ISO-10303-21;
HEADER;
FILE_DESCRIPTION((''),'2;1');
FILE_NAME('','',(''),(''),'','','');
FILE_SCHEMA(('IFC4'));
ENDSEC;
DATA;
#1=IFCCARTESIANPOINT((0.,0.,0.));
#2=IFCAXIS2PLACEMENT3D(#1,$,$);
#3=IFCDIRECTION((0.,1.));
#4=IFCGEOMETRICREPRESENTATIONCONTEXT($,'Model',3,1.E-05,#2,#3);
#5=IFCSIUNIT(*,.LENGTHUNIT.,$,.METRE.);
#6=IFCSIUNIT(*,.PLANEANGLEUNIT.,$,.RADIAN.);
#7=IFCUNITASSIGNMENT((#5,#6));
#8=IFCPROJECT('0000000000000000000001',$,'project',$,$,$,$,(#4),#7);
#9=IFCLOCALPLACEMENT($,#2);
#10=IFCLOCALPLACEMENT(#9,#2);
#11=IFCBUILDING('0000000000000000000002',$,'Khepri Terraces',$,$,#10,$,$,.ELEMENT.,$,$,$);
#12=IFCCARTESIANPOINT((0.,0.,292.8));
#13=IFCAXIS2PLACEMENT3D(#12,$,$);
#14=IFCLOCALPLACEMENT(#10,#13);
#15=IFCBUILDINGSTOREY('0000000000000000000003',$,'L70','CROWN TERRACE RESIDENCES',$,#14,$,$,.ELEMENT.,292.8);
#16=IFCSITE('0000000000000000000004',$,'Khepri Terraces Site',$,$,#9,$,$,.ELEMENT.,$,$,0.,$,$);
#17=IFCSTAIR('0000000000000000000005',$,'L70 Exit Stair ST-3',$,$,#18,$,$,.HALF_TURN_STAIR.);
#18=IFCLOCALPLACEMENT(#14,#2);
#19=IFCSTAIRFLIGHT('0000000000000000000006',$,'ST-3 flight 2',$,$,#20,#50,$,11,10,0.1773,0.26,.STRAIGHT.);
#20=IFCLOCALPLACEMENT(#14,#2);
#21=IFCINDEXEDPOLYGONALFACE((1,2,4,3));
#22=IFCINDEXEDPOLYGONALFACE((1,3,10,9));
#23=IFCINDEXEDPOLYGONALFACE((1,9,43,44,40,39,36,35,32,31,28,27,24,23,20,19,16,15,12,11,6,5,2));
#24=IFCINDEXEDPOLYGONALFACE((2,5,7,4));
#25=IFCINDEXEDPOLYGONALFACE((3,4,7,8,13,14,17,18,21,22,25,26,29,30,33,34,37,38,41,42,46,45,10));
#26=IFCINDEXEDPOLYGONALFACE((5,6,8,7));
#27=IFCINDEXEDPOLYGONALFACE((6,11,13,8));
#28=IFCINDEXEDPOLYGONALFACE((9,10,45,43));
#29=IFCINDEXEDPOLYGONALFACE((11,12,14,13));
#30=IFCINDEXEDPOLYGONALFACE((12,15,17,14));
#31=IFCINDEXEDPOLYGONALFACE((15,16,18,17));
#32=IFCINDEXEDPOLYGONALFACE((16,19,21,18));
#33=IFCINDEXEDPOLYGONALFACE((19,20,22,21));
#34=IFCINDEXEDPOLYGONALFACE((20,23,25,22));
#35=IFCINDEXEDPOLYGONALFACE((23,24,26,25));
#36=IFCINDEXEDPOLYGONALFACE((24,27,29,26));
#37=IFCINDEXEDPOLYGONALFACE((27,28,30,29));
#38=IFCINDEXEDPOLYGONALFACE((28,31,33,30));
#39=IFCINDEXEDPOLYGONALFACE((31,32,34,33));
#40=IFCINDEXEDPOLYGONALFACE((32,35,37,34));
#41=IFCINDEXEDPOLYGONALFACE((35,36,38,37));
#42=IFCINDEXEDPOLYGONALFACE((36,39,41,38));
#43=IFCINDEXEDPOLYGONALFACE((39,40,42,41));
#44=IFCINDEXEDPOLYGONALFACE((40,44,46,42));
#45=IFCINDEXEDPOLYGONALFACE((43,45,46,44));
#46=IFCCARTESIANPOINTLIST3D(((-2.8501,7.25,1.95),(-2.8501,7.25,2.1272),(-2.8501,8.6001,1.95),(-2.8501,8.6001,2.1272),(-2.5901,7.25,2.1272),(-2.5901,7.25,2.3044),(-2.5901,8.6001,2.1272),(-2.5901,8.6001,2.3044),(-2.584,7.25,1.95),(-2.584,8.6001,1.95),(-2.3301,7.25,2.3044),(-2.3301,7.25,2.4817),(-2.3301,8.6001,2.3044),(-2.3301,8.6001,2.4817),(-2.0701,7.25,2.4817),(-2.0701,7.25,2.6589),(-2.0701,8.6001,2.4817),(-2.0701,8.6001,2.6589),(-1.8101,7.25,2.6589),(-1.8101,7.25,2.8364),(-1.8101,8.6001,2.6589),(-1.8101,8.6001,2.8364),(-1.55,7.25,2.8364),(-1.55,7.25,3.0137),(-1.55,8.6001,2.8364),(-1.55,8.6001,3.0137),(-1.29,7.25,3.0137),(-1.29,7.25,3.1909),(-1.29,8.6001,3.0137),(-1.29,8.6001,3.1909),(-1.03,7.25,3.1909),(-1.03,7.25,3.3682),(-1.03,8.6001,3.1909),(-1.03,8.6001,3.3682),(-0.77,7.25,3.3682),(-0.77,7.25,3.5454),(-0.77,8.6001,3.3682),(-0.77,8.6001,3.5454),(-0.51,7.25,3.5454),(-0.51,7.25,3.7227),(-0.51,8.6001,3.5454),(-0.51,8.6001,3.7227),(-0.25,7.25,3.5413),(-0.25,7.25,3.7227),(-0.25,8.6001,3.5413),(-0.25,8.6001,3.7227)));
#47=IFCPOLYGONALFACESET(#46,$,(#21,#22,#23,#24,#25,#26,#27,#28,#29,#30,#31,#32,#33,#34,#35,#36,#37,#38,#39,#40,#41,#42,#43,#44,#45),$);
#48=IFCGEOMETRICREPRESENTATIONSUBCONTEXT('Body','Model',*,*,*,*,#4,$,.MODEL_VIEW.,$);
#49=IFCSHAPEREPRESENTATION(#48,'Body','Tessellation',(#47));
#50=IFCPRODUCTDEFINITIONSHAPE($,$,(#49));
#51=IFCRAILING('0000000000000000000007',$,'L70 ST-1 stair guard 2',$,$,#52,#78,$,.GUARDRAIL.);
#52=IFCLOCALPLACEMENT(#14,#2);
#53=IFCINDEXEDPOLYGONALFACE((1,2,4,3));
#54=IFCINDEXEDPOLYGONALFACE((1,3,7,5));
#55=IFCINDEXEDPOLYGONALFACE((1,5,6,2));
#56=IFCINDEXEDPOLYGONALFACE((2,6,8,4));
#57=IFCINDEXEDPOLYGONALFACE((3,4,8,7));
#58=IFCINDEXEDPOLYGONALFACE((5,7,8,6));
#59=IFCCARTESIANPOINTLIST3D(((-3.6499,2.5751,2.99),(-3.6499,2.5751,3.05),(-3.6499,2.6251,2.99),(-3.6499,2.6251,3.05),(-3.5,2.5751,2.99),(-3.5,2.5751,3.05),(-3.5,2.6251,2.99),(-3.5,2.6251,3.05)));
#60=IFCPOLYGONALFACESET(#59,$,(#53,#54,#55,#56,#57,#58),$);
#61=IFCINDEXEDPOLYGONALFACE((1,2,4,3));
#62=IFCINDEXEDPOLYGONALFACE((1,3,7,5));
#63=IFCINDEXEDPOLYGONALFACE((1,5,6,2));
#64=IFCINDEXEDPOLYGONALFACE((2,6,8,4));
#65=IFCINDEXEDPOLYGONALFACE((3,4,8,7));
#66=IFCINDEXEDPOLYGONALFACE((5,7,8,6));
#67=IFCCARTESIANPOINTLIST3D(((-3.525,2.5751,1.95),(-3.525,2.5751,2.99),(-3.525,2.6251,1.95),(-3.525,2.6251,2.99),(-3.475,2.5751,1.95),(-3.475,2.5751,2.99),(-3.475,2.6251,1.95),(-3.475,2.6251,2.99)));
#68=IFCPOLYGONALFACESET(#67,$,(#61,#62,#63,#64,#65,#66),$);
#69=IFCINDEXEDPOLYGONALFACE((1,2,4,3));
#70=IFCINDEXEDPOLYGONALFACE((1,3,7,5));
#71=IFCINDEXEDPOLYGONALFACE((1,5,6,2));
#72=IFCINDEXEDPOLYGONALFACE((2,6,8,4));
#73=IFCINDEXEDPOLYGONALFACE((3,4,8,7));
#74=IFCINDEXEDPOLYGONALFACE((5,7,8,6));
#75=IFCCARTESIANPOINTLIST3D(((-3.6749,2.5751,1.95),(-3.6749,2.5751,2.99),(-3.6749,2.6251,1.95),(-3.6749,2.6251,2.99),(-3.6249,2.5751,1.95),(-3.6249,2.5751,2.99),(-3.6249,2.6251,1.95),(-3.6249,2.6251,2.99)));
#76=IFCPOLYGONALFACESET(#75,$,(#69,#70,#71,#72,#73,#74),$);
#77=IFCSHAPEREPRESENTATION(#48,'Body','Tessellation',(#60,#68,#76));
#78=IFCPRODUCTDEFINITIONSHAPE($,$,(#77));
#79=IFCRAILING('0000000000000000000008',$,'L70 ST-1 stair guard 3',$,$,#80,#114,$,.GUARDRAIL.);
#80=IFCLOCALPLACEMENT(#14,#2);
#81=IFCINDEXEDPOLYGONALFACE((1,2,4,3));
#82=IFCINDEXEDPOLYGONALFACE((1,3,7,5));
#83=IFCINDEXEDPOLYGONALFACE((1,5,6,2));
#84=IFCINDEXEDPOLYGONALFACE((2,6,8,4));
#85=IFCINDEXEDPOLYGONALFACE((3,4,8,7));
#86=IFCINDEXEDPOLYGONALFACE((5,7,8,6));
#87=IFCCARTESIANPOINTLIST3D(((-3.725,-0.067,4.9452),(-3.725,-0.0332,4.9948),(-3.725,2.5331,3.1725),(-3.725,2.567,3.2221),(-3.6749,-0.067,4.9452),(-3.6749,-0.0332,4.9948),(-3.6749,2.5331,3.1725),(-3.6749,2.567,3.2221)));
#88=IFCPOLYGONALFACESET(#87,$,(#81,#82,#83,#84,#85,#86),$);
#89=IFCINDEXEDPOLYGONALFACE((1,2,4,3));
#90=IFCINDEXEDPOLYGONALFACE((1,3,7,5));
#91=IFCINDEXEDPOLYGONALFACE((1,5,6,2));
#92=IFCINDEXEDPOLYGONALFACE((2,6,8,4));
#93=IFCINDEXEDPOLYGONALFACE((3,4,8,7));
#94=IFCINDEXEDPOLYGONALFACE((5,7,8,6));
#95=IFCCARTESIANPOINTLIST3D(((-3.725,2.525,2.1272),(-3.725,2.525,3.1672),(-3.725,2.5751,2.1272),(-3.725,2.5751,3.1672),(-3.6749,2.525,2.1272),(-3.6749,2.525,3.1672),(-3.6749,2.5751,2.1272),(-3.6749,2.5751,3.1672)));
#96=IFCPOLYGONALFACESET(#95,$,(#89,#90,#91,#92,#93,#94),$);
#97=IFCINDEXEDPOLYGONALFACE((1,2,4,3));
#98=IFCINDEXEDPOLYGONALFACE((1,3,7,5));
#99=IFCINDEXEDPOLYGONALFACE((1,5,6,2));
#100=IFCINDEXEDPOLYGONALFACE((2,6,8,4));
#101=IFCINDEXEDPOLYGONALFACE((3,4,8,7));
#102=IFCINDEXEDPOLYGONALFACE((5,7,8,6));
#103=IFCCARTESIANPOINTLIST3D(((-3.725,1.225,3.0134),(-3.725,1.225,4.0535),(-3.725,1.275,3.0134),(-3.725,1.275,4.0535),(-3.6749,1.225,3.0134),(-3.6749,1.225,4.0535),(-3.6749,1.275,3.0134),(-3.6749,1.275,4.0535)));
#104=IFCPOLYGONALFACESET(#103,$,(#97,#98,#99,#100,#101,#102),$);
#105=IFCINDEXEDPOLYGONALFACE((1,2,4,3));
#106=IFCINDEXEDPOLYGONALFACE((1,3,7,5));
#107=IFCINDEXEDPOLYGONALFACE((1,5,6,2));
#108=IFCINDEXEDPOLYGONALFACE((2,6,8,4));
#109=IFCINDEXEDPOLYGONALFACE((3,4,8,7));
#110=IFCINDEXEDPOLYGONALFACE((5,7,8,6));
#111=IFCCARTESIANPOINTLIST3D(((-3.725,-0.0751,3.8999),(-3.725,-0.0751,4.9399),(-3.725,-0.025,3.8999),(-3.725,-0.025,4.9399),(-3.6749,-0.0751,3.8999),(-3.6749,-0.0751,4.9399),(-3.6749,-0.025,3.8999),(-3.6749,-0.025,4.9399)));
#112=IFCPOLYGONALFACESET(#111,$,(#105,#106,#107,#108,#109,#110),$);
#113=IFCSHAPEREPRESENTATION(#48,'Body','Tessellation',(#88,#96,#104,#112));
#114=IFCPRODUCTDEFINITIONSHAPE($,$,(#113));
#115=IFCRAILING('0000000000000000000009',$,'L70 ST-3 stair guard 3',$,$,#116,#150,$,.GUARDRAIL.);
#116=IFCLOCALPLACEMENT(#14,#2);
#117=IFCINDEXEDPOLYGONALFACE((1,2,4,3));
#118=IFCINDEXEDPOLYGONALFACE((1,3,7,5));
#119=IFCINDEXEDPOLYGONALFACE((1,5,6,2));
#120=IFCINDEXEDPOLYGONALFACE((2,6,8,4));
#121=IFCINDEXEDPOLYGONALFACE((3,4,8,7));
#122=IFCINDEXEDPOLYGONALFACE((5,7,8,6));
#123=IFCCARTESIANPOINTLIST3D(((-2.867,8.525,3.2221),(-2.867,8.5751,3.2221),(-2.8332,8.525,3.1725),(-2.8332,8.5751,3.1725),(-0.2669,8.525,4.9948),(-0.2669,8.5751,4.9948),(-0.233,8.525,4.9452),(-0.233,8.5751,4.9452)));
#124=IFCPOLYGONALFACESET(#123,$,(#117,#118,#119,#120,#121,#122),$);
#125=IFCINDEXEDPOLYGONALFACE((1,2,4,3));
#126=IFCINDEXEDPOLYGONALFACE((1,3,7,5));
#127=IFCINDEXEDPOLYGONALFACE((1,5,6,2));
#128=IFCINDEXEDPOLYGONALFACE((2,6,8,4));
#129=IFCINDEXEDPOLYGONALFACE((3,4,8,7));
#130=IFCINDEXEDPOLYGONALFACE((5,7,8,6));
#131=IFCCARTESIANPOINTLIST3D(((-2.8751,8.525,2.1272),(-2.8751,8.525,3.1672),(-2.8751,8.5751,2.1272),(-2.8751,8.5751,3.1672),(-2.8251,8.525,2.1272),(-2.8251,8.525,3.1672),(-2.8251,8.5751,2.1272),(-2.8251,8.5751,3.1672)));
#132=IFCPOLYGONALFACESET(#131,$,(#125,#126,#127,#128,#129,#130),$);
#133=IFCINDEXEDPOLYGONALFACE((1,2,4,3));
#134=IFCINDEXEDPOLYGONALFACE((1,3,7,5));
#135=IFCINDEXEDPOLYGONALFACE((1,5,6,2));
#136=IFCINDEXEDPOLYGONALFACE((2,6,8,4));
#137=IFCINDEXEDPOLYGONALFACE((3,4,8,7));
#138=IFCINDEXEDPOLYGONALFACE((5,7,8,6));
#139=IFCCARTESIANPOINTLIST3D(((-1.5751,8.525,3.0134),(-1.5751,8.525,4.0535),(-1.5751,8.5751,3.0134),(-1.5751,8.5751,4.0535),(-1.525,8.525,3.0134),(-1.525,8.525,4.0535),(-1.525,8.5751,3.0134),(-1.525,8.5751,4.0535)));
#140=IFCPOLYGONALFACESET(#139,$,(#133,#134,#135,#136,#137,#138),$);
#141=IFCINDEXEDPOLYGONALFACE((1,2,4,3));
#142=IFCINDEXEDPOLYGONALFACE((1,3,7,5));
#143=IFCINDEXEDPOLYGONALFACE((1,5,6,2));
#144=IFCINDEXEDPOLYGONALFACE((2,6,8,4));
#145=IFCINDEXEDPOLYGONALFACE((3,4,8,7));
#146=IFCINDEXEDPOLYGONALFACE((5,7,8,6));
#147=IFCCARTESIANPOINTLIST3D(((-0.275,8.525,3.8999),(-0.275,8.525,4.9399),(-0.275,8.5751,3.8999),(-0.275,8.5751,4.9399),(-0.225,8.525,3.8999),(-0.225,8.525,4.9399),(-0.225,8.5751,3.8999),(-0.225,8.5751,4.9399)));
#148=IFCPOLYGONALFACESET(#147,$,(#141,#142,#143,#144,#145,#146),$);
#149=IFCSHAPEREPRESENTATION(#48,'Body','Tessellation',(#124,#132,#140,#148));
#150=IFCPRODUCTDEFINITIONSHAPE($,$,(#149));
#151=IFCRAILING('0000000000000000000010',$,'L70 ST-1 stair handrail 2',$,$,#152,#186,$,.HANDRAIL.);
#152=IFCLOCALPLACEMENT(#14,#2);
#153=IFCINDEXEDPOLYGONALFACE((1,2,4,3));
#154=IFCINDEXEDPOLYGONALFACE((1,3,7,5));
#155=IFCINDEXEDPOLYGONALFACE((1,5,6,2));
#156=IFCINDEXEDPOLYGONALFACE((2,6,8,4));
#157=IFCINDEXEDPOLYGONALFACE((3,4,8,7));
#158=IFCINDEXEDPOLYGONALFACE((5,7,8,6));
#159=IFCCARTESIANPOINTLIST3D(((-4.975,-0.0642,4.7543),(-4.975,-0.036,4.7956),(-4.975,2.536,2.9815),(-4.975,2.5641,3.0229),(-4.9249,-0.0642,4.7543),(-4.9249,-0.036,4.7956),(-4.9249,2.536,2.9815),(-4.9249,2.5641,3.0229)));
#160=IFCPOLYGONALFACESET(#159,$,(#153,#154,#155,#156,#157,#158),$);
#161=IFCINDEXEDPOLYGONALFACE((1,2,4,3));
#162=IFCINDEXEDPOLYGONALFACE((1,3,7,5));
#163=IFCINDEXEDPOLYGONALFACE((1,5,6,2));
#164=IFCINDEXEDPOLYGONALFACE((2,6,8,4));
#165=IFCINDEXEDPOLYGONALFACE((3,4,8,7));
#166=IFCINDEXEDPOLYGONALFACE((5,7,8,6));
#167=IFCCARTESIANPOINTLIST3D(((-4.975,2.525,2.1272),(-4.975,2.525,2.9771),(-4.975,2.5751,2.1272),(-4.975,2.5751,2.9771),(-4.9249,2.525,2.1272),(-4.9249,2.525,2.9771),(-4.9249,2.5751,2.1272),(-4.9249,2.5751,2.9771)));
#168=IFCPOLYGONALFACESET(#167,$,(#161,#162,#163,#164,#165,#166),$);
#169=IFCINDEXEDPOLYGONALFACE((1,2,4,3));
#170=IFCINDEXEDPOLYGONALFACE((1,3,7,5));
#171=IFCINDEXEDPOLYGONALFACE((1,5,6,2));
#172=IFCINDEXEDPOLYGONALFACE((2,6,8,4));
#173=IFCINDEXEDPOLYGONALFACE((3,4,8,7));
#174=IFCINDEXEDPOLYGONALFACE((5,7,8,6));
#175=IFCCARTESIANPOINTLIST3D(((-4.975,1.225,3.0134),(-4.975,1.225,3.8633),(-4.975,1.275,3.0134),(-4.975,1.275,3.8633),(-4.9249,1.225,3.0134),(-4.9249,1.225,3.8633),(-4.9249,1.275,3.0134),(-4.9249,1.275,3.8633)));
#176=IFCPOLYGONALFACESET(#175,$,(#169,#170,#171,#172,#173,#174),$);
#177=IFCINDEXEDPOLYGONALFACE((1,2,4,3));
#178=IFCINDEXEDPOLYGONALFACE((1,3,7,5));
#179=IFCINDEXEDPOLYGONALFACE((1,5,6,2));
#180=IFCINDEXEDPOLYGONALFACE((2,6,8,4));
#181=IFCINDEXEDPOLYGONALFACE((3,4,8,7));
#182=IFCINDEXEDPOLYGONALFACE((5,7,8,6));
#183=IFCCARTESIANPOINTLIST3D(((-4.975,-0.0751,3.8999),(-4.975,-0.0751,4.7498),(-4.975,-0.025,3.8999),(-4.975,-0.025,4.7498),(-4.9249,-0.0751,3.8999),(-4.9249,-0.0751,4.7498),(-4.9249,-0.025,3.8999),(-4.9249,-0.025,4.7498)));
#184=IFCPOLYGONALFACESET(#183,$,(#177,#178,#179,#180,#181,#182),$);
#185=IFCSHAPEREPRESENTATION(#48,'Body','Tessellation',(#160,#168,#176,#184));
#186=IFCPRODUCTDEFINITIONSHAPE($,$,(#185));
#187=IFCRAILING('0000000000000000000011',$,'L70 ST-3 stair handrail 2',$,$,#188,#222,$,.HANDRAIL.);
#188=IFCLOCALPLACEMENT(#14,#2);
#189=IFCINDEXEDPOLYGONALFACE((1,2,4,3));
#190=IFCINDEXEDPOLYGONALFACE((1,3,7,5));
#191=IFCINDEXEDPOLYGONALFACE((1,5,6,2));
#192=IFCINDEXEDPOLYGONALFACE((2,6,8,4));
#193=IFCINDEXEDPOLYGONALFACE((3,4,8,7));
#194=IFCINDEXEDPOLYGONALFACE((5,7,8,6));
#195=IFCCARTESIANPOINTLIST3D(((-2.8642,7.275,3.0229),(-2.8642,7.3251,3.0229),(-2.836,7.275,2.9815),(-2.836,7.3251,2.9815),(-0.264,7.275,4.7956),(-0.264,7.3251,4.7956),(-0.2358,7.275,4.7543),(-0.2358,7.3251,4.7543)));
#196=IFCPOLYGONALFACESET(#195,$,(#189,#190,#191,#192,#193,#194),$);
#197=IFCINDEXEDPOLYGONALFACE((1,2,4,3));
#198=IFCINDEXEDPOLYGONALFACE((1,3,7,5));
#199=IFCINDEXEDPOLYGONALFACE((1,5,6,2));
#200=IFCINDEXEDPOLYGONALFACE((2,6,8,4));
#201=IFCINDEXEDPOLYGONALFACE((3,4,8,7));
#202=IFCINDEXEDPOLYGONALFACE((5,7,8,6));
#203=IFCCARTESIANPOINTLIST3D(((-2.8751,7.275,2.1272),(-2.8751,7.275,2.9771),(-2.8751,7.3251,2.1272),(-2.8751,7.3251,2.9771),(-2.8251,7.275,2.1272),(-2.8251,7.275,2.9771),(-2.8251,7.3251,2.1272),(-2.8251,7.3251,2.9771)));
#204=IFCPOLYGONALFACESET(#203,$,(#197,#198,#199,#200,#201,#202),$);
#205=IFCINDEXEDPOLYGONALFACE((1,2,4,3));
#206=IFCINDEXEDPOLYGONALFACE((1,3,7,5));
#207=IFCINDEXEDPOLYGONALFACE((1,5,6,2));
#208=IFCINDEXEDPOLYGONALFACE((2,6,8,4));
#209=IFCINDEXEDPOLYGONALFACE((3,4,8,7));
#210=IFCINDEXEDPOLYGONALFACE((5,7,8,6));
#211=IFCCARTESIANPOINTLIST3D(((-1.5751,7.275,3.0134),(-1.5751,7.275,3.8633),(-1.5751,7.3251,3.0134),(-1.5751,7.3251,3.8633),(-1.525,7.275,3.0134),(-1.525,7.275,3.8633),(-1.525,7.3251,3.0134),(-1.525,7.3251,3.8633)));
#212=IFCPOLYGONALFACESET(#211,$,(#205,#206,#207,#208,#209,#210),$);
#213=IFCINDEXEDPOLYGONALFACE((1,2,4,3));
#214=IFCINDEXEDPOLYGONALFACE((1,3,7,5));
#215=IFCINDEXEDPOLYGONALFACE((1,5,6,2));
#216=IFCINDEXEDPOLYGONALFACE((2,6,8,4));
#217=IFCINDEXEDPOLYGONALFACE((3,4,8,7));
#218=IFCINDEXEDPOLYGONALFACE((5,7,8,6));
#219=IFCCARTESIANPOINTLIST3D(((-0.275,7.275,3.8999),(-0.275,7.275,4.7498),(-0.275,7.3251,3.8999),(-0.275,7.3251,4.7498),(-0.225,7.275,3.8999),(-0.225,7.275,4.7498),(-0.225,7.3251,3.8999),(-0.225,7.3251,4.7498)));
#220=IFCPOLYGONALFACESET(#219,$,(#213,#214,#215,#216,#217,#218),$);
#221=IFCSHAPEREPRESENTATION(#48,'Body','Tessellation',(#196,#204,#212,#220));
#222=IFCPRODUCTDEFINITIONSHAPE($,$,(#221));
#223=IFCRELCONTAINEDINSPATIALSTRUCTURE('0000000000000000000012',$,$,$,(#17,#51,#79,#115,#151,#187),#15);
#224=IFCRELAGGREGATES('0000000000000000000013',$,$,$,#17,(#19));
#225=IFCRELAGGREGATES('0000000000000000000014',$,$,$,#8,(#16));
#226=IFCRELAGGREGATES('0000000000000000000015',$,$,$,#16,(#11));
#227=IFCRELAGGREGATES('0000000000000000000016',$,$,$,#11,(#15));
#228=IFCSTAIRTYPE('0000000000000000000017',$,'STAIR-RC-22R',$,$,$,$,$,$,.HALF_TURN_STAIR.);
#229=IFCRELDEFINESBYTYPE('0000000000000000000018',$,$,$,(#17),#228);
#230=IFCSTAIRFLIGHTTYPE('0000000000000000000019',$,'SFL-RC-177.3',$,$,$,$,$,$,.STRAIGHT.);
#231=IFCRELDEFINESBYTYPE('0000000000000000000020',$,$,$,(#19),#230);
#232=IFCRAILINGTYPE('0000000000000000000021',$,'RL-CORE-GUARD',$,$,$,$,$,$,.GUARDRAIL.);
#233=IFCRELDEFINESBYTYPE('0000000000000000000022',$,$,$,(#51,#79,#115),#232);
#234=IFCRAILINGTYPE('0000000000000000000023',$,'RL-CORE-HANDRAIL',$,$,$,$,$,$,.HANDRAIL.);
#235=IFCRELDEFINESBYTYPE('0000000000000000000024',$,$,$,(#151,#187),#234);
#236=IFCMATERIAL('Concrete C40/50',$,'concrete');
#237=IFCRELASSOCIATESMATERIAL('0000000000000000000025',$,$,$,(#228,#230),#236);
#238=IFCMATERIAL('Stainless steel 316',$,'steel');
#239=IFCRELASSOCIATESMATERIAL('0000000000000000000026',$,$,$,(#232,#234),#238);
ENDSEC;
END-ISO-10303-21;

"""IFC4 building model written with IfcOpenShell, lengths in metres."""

from ifc_helpers import new_model, si_unit, direction, frame, origin, origin_2d, place, context, subcontext, project, spatial, polyline, rectangle, outline, extrude, material, type_object, element, aggregate, save


model = new_model("IFC4")

# Units and contexts
model_context = context("Model", 3, precision=1e-05, world=origin(), true_north=direction((0.0, 1.0)))
body_context = subcontext(model_context, "Body", "Model", "MODEL_VIEW")
ifc_project = project(units=[si_unit("LENGTHUNIT", "METRE"), si_unit("PLANEANGLEUNIT", "RADIAN")], contexts=[model_context])

# Site, building, storey
site_placement = place(None, origin())
site = spatial("IfcSite", under=ifc_project, at=site_placement, Name="Khepri Terraces Site", CompositionType="ELEMENT", RefElevation=0.0)
building_placement = place(site_placement, origin())
building = spatial("IfcBuilding", under=site, at=building_placement, Name="Khepri Terraces", CompositionType="ELEMENT")
storey_placement = place(building_placement, frame((0.0, 0.0, 292.8)))
storey = spatial("IfcBuildingStorey", under=building, at=storey_placement, Name="L70", Description="CROWN TERRACE RESIDENCES", CompositionType="ELEMENT", Elevation=292.8)

# Shared definitions
ifc_material_1 = material(Name="Concrete C40/50", Category="concrete")

# Stair, stair flight
stair_type = type_object("IfcStairType", Name="STAIR-RC-22R", PredefinedType="HALF_TURN_STAIR", material=ifc_material_1)
stair_flight_type = type_object("IfcStairFlightType", Name="SFL-RC-177.3", PredefinedType="STRAIGHT", material=ifc_material_1)
stair_1_placement = place(storey_placement, origin())
stair_1 = element("IfcStair", 1, at=stair_1_placement, inside=storey, type_object=stair_type, Name="L70 Exit Stair ST-3", PredefinedType="HALF_TURN_STAIR")
stair_flight_1_placement = place(storey_placement, frame((-2.8501, 7.925, 1.95), z_axis=(0.0, 0.0, 1.0), x_axis=(1.0, 0.0, 0.0)))
stair_flight_1 = element("IfcStairFlight", 2, at=stair_flight_1_placement, type_object=stair_flight_type, Name="ST-3 flight 2", NumberOfRisers=11, NumberOfTreads=10, PredefinedType="STRAIGHT", RiserHeight=0.1773, TreadLength=0.26, context=body_context, shape_type="SweptSolid", body=[
    extrude(outline(polyline([(0.0, 0.0), (0.0, 0.1772), (0.26, 0.1772), (0.26, 0.3545), (0.52, 0.3545), (0.52, 0.5317), (0.78, 0.5317), (0.78, 0.709), (1.04, 0.709), (1.04, 0.8865), (1.3, 0.8865), (1.3, 1.0637), (1.5601, 1.0637), (1.5601, 1.241), (1.8201, 1.241), (1.8201, 1.4182), (2.0801, 1.4182), (2.0801, 1.5955), (2.3401, 1.5955), (2.3401, 1.7727), (2.6001, 1.7727), (2.6001, 1.95), (2.6001, 1.5913), (0.2661, 0.0), (0.0, 0.0)])), frame((0.0, 0.675, 0.0), z_axis=(0.0, -1.0, 0.0), x_axis=(1.0, 0.0, 0.0)), (0.0, 0.0, 1.0), 1.3501),
])
aggregate(stair_1, [stair_flight_1])

# Railings
ifc_material_2 = material(Name="Stainless steel 316", Category="steel")
railing_type_1 = type_object("IfcRailingType", Name="RL-CORE-GUARD", PredefinedType="GUARDRAIL", material=ifc_material_2)
railing_1_placement = place(storey_placement, frame((-3.5, 2.6001, 1.95)))
element("IfcRailing", 3, at=railing_1_placement, inside=storey, type_object=railing_type_1, Name="L70 ST-1 stair guard 2", PredefinedType="GUARDRAIL", context=body_context, shape_type="SweptSolid", body=[
    extrude(rectangle(XDim=0.05, YDim=0.0601, at=origin_2d()), frame((0.0, 0.0, 1.0701), z_axis=(-1.0, 0.0, 0.0), x_axis=(0.0, -1.0, 0.0)), (0.0, 0.0, 1.0), 0.1499),
    extrude(rectangle(XDim=0.05, YDim=0.05, at=origin_2d()), origin(), (0.0, 0.0, 1.0), 1.04),
    extrude(rectangle(XDim=0.05, YDim=0.05, at=origin_2d()), frame((-0.1499, 0.0, 0.0)), (0.0, 0.0, 1.0), 1.04),
])
railing_2_placement = place(storey_placement, frame((-3.7, 2.55, 2.1272)))
element("IfcRailing", 4, at=railing_2_placement, inside=storey, type_object=railing_type_1, Name="L70 ST-1 stair guard 3", PredefinedType="GUARDRAIL", context=body_context, shape_type="SweptSolid", body=[
    extrude(rectangle(XDim=0.05, YDim=0.0601, at=origin_2d()), frame((0.0, 0.0, 1.0701), z_axis=(0.0, -0.82624, 0.563318), x_axis=(1.0, 0.0, 0.0)), (0.0, 0.0, 1.0), 3.147),
    extrude(rectangle(XDim=0.05, YDim=0.05, at=origin_2d()), origin(), (0.0, 0.0, 1.0), 1.04),
    extrude(rectangle(XDim=0.05, YDim=0.05, at=origin_2d()), frame((0.0, -1.3, 0.8862)), (0.0, 0.0, 1.0), 1.04),
    extrude(rectangle(XDim=0.05, YDim=0.05, at=origin_2d()), frame((0.0, -2.6001, 1.7727)), (0.0, 0.0, 1.0), 1.04),
])
railing_3_placement = place(storey_placement, frame((-2.8501, 8.55, 2.1272)))
element("IfcRailing", 5, at=railing_3_placement, inside=storey, type_object=railing_type_1, Name="L70 ST-3 stair guard 3", PredefinedType="GUARDRAIL", context=body_context, shape_type="SweptSolid", body=[
    extrude(rectangle(XDim=0.05, YDim=0.0601, at=origin_2d()), frame((0.0, 0.0, 1.0701), z_axis=(0.82624, 0.0, 0.563318), x_axis=(0.0, 1.0, 0.0)), (0.0, 0.0, 1.0), 3.147),
    extrude(rectangle(XDim=0.05, YDim=0.05, at=origin_2d()), origin(), (0.0, 0.0, 1.0), 1.04),
    extrude(rectangle(XDim=0.05, YDim=0.05, at=origin_2d()), frame((1.3, 0.0, 0.8862)), (0.0, 0.0, 1.0), 1.04),
    extrude(rectangle(XDim=0.05, YDim=0.05, at=origin_2d()), frame((2.6001, 0.0, 1.7727)), (0.0, 0.0, 1.0), 1.04),
])
railing_type_2 = type_object("IfcRailingType", Name="RL-CORE-HANDRAIL", PredefinedType="HANDRAIL", material=ifc_material_2)
railing_4_placement = place(storey_placement, frame((-4.95, 2.55, 2.1272)))
element("IfcRailing", 6, at=railing_4_placement, inside=storey, type_object=railing_type_2, Name="L70 ST-1 stair handrail 2", PredefinedType="HANDRAIL", context=body_context, shape_type="SweptSolid", body=[
    extrude(rectangle(XDim=0.05, YDim=0.05, at=origin_2d()), frame((0.0, 0.0, 0.875), z_axis=(0.0, -0.82624, 0.563318), x_axis=(1.0, 0.0, 0.0)), (0.0, 0.0, 1.0), 3.147),
    extrude(rectangle(XDim=0.05, YDim=0.05, at=origin_2d()), origin(), (0.0, 0.0, 1.0), 0.8499),
    extrude(rectangle(XDim=0.05, YDim=0.05, at=origin_2d()), frame((0.0, -1.3, 0.8862)), (0.0, 0.0, 1.0), 0.8499),
    extrude(rectangle(XDim=0.05, YDim=0.05, at=origin_2d()), frame((0.0, -2.6001, 1.7727)), (0.0, 0.0, 1.0), 0.8499),
])
railing_5_placement = place(storey_placement, frame((-2.8501, 7.3, 2.1272)))
element("IfcRailing", 7, at=railing_5_placement, inside=storey, type_object=railing_type_2, Name="L70 ST-3 stair handrail 2", PredefinedType="HANDRAIL", context=body_context, shape_type="SweptSolid", body=[
    extrude(rectangle(XDim=0.05, YDim=0.05, at=origin_2d()), frame((0.0, 0.0, 0.875), z_axis=(0.82624, 0.0, 0.563318), x_axis=(0.0, 1.0, 0.0)), (0.0, 0.0, 1.0), 3.147),
    extrude(rectangle(XDim=0.05, YDim=0.05, at=origin_2d()), origin(), (0.0, 0.0, 1.0), 0.8499),
    extrude(rectangle(XDim=0.05, YDim=0.05, at=origin_2d()), frame((1.3, 0.0, 0.8862)), (0.0, 0.0, 1.0), 0.8499),
    extrude(rectangle(XDim=0.05, YDim=0.05, at=origin_2d()), frame((2.6001, 0.0, 1.7727)), (0.0, 0.0, 1.0), 0.8499),
])

save(model, "model.ifc")
